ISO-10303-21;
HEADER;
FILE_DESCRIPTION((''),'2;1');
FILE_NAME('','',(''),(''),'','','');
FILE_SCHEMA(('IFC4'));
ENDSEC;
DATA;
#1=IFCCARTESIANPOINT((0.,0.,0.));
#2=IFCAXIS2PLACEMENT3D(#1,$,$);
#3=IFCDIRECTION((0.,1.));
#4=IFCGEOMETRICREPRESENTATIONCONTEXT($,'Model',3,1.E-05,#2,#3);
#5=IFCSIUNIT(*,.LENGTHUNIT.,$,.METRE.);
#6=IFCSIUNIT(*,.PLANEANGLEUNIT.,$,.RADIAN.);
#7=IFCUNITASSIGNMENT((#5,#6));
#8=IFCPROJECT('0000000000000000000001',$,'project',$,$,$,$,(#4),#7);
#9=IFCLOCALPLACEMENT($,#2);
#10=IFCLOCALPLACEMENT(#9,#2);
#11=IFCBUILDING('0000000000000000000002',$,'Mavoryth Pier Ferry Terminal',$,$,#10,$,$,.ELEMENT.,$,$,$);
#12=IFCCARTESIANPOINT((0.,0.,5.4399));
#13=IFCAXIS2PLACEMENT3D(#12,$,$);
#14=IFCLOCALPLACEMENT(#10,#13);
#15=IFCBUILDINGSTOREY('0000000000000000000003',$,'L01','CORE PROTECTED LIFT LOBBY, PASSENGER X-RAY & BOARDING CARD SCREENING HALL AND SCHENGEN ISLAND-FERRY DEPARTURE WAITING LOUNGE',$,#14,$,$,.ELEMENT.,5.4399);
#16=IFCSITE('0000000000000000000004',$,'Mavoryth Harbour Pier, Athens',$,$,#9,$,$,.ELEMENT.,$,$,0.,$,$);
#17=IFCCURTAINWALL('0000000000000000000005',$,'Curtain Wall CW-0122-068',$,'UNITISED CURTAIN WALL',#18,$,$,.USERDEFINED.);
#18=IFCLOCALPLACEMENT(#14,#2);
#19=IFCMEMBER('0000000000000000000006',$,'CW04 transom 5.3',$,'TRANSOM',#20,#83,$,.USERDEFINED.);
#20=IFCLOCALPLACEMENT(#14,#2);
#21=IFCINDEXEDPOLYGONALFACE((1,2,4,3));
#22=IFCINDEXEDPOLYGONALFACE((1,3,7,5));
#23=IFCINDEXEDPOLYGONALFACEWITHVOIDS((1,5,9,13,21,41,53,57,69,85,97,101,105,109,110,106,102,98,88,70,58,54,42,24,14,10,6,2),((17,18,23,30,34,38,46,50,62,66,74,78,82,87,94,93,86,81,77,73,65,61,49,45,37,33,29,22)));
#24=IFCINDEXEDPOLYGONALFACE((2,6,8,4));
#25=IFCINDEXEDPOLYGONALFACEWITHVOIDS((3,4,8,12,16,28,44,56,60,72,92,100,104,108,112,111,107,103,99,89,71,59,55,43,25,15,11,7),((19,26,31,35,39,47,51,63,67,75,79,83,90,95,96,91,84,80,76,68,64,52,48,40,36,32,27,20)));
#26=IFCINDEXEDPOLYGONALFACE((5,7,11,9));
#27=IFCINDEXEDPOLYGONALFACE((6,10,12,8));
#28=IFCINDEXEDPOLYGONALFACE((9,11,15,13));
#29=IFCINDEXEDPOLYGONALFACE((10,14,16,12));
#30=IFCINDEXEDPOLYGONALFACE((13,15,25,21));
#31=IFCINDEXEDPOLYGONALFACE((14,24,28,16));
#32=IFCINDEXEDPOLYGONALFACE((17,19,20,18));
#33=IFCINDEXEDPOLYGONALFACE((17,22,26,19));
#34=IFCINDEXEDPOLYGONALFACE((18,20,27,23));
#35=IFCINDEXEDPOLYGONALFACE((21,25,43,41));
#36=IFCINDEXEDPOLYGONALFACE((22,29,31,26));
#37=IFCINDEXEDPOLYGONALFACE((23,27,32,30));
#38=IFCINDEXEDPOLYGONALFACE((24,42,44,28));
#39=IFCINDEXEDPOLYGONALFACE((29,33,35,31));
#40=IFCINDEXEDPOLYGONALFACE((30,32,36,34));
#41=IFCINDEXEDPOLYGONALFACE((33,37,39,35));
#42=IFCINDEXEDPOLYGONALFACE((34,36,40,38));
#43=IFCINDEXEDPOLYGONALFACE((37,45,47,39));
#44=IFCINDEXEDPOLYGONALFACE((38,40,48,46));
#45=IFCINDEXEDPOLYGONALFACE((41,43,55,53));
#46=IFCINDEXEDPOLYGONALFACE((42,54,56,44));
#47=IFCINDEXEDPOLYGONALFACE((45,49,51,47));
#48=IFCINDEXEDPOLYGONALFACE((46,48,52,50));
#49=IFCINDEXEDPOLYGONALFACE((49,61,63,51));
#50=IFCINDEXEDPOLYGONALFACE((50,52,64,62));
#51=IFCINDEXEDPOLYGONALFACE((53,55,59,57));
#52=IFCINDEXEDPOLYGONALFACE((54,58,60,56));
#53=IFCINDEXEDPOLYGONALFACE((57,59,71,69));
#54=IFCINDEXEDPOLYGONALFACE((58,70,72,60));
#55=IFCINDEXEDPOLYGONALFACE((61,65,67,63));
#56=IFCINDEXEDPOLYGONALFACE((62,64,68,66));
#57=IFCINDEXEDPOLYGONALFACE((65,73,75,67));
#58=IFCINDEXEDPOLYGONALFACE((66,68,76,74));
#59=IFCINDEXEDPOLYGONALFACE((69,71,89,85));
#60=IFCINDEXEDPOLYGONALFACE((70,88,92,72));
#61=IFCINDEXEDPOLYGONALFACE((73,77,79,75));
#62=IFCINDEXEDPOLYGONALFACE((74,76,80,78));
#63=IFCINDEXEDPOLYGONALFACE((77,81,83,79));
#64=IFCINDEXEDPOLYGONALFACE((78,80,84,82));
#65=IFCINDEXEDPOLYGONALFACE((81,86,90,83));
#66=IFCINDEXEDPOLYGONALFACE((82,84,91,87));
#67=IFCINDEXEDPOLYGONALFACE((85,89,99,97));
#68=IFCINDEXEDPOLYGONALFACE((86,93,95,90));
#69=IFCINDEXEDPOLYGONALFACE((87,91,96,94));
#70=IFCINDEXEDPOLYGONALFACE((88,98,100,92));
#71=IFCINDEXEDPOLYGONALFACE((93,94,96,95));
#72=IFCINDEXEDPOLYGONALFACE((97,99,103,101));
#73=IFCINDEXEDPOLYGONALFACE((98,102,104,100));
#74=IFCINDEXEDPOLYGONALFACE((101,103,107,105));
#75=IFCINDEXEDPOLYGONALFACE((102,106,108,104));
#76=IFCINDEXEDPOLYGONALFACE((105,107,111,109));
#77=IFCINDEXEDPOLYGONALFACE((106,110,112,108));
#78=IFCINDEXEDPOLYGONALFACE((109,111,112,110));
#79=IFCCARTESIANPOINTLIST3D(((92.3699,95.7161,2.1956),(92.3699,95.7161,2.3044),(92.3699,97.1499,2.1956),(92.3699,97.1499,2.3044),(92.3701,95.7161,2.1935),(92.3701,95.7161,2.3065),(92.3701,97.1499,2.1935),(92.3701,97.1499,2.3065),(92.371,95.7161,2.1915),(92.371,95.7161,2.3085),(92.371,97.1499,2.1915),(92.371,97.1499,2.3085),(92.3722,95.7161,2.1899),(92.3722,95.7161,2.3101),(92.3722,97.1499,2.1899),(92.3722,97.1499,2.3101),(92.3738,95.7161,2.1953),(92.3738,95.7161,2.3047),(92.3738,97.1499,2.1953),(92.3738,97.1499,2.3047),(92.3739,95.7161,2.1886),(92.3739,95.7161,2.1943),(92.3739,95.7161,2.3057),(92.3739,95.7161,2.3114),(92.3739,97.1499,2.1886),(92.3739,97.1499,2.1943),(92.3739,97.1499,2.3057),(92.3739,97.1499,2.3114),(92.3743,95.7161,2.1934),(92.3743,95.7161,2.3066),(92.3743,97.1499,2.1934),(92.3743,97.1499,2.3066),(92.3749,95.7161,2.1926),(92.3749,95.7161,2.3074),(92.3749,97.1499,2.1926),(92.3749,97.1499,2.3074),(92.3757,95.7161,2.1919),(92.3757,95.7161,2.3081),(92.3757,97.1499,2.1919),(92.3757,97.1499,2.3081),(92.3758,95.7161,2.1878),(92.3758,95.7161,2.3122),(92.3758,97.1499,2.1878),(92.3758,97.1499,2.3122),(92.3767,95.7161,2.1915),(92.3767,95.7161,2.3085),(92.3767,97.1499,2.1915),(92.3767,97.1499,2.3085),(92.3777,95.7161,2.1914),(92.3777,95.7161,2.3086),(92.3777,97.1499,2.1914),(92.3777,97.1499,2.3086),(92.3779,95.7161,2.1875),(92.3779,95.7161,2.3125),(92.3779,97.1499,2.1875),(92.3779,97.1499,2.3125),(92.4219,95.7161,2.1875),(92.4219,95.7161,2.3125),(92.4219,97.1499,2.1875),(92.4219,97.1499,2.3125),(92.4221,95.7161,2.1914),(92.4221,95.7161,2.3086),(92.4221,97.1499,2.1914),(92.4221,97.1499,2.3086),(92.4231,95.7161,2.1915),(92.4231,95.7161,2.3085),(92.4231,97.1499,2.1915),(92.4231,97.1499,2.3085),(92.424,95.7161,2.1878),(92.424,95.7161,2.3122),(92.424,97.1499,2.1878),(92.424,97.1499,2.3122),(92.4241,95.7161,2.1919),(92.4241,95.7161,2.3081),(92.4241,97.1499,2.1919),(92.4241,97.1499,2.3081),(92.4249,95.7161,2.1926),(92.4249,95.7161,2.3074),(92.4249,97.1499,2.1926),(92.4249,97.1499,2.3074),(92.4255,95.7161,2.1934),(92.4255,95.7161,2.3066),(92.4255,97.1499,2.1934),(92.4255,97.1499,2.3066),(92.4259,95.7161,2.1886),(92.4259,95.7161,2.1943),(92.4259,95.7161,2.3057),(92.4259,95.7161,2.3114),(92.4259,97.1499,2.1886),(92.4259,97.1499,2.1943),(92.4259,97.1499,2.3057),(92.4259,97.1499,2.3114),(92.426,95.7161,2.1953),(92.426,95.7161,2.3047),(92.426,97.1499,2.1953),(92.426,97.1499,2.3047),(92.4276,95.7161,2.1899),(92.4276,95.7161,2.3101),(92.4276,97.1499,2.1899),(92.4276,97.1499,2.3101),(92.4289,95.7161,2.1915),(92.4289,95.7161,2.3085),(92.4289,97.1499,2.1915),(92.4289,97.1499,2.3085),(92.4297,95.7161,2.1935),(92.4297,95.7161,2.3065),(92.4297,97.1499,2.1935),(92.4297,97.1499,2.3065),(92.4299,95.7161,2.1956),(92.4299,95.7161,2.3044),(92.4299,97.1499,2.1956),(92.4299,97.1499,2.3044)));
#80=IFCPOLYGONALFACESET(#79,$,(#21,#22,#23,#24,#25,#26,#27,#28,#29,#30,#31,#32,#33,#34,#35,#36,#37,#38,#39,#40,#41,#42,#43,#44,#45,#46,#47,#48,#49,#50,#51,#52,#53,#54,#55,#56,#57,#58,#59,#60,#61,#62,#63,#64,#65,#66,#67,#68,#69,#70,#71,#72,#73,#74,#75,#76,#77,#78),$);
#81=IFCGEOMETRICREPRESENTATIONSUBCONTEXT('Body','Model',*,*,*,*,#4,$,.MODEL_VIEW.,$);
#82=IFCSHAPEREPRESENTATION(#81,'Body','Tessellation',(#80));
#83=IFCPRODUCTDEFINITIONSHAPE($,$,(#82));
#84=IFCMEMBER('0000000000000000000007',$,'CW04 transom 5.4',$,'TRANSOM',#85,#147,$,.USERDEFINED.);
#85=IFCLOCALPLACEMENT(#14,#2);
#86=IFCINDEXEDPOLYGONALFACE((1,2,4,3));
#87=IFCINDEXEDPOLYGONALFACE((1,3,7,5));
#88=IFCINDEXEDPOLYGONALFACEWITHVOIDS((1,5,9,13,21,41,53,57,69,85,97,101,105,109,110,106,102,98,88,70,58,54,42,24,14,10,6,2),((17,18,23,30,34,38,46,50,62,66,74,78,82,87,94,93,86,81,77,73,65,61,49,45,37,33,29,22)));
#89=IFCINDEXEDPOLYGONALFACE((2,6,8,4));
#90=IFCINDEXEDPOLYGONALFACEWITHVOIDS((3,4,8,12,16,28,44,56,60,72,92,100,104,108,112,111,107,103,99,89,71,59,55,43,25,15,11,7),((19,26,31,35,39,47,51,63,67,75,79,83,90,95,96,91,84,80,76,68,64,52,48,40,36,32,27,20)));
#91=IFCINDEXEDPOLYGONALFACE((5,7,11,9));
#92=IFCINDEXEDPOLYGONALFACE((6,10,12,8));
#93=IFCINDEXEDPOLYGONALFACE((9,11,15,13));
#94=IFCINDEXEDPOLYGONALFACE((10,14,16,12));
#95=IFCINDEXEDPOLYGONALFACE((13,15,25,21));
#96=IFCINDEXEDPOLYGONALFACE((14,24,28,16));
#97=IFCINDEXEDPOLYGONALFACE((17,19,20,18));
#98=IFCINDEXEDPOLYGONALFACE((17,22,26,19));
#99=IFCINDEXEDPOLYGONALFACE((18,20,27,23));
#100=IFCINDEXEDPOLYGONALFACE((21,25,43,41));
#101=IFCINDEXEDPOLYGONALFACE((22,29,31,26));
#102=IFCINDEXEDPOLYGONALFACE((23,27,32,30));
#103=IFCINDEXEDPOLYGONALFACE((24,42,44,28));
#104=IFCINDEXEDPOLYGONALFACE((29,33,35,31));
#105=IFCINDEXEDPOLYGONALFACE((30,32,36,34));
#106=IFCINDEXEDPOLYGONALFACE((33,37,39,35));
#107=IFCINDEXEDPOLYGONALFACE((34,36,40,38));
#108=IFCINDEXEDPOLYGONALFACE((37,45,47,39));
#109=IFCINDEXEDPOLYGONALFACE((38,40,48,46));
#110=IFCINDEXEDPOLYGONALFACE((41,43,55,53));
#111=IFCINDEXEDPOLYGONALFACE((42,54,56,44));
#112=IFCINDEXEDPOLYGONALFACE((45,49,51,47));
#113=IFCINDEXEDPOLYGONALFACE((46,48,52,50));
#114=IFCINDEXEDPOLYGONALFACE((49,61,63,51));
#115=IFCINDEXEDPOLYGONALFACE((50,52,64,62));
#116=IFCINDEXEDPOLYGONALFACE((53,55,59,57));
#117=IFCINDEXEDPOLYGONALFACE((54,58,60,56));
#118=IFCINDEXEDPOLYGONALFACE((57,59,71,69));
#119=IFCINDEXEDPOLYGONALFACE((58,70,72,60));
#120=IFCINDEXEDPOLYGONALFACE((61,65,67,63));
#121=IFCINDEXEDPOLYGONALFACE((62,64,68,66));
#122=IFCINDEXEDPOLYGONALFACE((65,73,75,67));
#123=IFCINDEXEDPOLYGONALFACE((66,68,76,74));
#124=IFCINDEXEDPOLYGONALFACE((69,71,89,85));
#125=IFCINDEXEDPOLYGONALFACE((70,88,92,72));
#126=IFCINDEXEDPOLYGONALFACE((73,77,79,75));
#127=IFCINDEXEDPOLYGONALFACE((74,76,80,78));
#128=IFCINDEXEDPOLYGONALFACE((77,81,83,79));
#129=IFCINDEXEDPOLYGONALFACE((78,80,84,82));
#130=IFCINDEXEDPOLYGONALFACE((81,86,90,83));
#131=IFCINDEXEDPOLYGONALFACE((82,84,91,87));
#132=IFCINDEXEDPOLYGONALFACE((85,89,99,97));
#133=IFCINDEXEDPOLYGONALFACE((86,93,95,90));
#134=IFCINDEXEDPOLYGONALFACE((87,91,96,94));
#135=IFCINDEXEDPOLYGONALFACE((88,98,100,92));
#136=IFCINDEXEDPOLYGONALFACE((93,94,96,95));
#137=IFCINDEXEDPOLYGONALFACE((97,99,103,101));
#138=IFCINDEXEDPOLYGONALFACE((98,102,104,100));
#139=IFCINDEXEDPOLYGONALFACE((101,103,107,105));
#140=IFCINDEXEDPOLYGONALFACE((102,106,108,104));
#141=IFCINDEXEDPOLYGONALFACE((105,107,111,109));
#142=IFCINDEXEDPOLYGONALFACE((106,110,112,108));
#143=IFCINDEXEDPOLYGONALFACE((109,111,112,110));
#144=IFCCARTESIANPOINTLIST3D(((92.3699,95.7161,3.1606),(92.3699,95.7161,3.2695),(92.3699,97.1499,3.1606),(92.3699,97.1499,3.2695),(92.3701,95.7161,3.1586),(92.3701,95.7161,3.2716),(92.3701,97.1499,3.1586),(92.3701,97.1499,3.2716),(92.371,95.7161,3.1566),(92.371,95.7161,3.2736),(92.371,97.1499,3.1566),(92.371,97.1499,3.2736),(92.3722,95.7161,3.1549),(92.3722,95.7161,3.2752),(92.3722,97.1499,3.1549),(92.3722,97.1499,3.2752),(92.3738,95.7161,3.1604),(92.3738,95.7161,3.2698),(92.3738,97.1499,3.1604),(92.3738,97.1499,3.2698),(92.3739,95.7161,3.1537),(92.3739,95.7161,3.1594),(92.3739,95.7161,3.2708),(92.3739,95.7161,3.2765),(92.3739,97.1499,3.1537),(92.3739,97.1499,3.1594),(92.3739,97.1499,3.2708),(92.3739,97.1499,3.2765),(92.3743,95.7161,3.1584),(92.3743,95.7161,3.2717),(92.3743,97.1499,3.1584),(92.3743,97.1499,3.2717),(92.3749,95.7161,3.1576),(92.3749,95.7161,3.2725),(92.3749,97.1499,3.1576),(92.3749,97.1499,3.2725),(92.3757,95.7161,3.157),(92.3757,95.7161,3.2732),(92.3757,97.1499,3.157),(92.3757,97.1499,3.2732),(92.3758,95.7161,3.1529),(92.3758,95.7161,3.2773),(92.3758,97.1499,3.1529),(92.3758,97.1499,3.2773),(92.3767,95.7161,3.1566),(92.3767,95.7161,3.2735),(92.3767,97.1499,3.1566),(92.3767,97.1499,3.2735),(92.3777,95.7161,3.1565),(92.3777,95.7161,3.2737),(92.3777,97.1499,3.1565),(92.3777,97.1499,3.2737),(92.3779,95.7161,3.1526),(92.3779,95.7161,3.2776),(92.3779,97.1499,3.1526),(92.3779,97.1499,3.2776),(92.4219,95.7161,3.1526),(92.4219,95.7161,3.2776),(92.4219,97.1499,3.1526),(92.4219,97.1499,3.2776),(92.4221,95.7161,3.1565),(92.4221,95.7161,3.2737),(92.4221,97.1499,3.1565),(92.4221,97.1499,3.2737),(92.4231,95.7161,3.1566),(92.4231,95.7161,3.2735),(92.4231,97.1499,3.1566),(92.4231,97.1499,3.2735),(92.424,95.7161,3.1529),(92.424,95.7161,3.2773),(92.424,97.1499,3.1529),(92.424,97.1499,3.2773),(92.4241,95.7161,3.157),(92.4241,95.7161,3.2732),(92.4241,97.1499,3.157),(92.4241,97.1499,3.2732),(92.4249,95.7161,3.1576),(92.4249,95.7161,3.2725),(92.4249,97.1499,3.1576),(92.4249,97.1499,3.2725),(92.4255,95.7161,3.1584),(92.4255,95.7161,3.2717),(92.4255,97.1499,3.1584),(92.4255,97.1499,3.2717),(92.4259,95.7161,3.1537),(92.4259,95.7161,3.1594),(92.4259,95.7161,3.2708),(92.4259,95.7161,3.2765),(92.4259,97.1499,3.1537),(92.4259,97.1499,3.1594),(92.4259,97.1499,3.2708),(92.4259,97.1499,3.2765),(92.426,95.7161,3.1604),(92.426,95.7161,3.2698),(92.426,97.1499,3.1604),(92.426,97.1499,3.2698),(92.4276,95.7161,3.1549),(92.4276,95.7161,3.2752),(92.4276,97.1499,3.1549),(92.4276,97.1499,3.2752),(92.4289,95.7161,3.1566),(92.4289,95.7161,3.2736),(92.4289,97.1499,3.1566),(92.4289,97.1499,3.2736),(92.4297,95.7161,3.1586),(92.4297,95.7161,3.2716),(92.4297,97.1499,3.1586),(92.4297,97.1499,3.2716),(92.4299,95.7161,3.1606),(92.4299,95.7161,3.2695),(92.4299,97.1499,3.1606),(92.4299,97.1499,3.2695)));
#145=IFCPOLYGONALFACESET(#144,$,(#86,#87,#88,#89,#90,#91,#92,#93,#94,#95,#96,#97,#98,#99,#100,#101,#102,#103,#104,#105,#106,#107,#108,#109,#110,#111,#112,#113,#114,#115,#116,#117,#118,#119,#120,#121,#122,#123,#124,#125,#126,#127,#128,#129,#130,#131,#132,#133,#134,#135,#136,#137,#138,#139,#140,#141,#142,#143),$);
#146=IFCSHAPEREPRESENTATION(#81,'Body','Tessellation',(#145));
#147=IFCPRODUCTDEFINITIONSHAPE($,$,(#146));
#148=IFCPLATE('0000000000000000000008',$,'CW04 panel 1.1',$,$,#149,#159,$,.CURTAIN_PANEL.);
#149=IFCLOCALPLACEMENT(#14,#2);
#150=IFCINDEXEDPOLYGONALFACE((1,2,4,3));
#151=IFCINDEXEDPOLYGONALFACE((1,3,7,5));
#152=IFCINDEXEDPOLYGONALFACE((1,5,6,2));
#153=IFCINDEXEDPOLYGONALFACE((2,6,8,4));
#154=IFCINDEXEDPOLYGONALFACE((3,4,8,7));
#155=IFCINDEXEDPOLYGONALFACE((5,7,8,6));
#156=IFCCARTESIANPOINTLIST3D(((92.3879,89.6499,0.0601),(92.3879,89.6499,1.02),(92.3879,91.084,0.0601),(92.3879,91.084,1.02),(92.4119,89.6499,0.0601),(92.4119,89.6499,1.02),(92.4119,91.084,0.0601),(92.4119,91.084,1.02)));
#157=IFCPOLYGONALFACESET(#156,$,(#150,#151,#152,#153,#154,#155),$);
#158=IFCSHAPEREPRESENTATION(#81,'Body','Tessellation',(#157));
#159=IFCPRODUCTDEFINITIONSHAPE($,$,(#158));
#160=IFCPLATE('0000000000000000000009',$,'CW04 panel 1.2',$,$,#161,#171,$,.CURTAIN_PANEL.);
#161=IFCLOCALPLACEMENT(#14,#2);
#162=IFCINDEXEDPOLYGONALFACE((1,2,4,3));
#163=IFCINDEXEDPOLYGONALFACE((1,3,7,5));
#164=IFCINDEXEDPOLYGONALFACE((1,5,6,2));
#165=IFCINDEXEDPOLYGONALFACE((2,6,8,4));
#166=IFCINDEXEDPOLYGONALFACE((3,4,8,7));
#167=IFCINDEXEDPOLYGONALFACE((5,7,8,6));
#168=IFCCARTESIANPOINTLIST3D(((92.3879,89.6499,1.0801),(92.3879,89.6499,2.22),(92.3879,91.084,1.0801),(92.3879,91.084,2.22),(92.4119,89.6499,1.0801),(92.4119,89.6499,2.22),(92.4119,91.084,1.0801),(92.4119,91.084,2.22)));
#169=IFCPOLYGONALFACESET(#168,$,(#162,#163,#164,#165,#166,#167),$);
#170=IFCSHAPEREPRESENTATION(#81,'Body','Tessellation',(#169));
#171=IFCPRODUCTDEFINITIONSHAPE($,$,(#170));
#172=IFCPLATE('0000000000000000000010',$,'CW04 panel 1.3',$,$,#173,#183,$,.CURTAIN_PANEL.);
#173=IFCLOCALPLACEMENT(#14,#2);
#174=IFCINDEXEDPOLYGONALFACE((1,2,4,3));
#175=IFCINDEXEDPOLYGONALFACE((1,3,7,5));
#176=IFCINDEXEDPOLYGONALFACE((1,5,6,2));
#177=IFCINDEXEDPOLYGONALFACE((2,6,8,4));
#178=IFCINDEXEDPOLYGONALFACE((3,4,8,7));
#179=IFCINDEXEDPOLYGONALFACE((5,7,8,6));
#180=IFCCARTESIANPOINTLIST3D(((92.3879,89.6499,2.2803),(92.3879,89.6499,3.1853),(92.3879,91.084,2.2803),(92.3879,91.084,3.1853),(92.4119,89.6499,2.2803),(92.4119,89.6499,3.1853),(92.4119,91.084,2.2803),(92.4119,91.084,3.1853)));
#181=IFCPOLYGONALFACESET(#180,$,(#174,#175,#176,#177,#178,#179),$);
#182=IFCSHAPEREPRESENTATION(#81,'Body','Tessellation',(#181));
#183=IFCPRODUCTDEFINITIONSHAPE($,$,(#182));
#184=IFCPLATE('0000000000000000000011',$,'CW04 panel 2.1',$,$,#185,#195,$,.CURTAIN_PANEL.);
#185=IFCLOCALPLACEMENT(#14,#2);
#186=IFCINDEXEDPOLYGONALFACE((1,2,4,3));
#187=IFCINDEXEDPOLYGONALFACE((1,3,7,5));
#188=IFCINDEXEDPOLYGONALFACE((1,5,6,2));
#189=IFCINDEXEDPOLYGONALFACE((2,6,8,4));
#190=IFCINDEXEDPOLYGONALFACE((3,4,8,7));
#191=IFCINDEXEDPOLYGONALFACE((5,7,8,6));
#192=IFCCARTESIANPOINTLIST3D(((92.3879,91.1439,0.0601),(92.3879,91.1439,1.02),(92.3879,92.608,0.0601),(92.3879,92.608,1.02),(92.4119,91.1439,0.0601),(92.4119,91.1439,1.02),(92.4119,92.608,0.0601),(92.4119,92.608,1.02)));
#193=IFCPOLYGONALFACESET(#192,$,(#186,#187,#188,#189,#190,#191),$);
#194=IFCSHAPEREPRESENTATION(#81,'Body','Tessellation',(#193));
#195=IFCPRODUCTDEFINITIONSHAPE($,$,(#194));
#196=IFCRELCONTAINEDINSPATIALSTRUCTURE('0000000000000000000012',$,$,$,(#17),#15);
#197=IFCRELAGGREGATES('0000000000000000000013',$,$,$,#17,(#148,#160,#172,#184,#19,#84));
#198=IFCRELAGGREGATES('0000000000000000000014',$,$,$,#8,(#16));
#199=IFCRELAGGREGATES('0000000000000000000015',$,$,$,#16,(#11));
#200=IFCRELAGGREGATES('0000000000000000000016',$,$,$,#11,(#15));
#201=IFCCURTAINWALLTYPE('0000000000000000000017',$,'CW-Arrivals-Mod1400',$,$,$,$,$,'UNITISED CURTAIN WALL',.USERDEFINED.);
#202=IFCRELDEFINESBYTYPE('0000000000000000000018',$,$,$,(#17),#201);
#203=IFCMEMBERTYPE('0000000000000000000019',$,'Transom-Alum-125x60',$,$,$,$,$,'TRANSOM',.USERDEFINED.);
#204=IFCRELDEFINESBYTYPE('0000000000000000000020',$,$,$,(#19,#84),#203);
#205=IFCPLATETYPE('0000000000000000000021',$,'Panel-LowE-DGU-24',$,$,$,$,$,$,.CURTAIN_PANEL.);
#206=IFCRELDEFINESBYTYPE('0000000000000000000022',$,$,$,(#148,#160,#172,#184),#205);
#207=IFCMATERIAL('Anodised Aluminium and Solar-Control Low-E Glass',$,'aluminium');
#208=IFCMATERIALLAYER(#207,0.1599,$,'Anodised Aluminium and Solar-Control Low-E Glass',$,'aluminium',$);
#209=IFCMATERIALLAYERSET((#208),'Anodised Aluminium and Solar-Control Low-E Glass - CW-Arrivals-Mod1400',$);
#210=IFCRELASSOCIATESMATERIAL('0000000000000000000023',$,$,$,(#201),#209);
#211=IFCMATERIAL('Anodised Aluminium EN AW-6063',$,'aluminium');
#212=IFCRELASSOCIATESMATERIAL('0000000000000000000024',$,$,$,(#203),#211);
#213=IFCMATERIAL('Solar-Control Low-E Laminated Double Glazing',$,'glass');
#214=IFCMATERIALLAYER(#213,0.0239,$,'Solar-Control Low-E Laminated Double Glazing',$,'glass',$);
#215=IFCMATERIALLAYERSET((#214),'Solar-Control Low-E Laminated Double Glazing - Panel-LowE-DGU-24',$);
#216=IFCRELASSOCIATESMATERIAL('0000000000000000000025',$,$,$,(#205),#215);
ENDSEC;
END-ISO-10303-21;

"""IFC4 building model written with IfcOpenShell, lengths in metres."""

from ifc_helpers import new_model, si_unit, direction, frame, origin, origin_2d, place, context, subcontext, project, spatial, rectangle, hollow_rectangle, extrude, material, layer, layer_set, material_profile, profile_set, type_object, element, aggregate, save


model = new_model("IFC4")

# Units and contexts
model_context = context("Model", 3, precision=1e-05, world=origin(), true_north=direction((0.0, 1.0)))
body_context = subcontext(model_context, "Body", "Model", "MODEL_VIEW")
ifc_project = project(units=[si_unit("LENGTHUNIT", "METRE"), si_unit("PLANEANGLEUNIT", "RADIAN")], contexts=[model_context])

# Site, building, storey
site_placement = place(None, origin())
site = spatial("IfcSite", under=ifc_project, at=site_placement, Name="Mavoryth Harbour Pier, Athens", CompositionType="ELEMENT", RefElevation=0.0)
building_placement = place(site_placement, origin())
building = spatial("IfcBuilding", under=site, at=building_placement, Name="Mavoryth Pier Ferry Terminal", CompositionType="ELEMENT")
storey_placement = place(building_placement, frame((0.0, 0.0, 5.4399)))
storey = spatial("IfcBuildingStorey", under=building, at=storey_placement, Name="L01", Description="CORE PROTECTED LIFT LOBBY, PASSENGER X-RAY & BOARDING CARD SCREENING HALL AND SCHENGEN ISLAND-FERRY DEPARTURE WAITING LOUNGE", CompositionType="ELEMENT", Elevation=5.4399)

# Curtain wall, members, plates
ifc_material_1 = material(Name="Anodised Aluminium and Solar-Control Low-E Glass", Category="aluminium")
ifc_layer_1 = layer(ifc_material_1, 0.1599, Name="Anodised Aluminium and Solar-Control Low-E Glass", Category="aluminium")
ifc_layer_set_1 = layer_set([ifc_layer_1], Name="Anodised Aluminium and Solar-Control Low-E Glass - CW-Arrivals-Mod1400")
curtain_wall_type = type_object("IfcCurtainWallType", Name="CW-Arrivals-Mod1400", ElementType="UNITISED CURTAIN WALL", PredefinedType="USERDEFINED", material=ifc_layer_set_1)
curtain_wall_placement = place(storey_placement, origin())
curtain_wall = element("IfcCurtainWall", 1, at=curtain_wall_placement, inside=storey, type_object=curtain_wall_type, Name="Curtain Wall CW-0122-068", ObjectType="UNITISED CURTAIN WALL", PredefinedType="USERDEFINED")
ifc_material_2 = material(Name="Anodised Aluminium EN AW-6063", Category="aluminium")
ifc_material_profile_1 = material_profile(ifc_material_2, hollow_rectangle(XDim=0.0601, YDim=0.125, WallThickness=0.0039, InnerFilletRadius=0.0039, OuterFilletRadius=0.0081, at=origin_2d()), Name="AL-TRAN 125x60x4", Category="aluminium")
ifc_profile_set_1 = profile_set([ifc_material_profile_1], Name="Anodised Aluminium EN AW-6063 - AL-TRAN 125x60x4")
member_type_1 = type_object("IfcMemberType", Name="Transom-Alum-125x60", ElementType="TRANSOM", PredefinedType="USERDEFINED", material=ifc_profile_set_1)
member_1_placement = place(storey_placement, frame((92.3999, 95.7161, 2.25), z_axis=(0.0, 1.0, 0.0), x_axis=(-1.0, 0.0, 0.0)))
member_1 = element("IfcMember", 2, at=member_1_placement, type_object=member_type_1, Name="CW04 transom 5.3", ObjectType="TRANSOM", PredefinedType="USERDEFINED", context=body_context, shape_type="SweptSolid", body=[
    extrude(hollow_rectangle(XDim=0.0601, YDim=0.125, WallThickness=0.0039, InnerFilletRadius=0.0039, OuterFilletRadius=0.0081, at=origin_2d()), origin(), (0.0, 0.0, 1.0), 1.4338),
])
member_2_placement = place(storey_placement, frame((92.3999, 95.7161, 3.2151), z_axis=(0.0, 1.0, 0.0), x_axis=(-1.0, 0.0, 0.0)))
member_2 = element("IfcMember", 3, at=member_2_placement, type_object=member_type_1, Name="CW04 transom 5.4", ObjectType="TRANSOM", PredefinedType="USERDEFINED", context=body_context, shape_type="SweptSolid", body=[
    extrude(hollow_rectangle(XDim=0.0601, YDim=0.125, WallThickness=0.0039, InnerFilletRadius=0.0039, OuterFilletRadius=0.0081, at=origin_2d()), origin(), (0.0, 0.0, 1.0), 1.4338),
])
ifc_material_3 = material(Name="Solar-Control Low-E Laminated Double Glazing", Category="glass")
ifc_layer_2 = layer(ifc_material_3, 0.0239, Name="Solar-Control Low-E Laminated Double Glazing", Category="glass")
ifc_layer_set_2 = layer_set([ifc_layer_2], Name="Solar-Control Low-E Laminated Double Glazing - Panel-LowE-DGU-24")
plate_type = type_object("IfcPlateType", Name="Panel-LowE-DGU-24", PredefinedType="CURTAIN_PANEL", material=ifc_layer_set_2)
plate_1_placement = place(storey_placement, frame((92.3999, 90.3669, 0.0601), z_axis=(0.0, 0.0, 1.0), x_axis=(0.0, 1.0, 0.0)))
plate_1 = element("IfcPlate", 4, at=plate_1_placement, type_object=plate_type, Name="CW04 panel 1.1", PredefinedType="CURTAIN_PANEL", context=body_context, shape_type="SweptSolid", body=[
    extrude(rectangle(XDim=1.4341, YDim=0.0239, at=origin_2d()), origin(), (0.0, 0.0, 1.0), 0.96),
])
plate_2_placement = place(storey_placement, frame((92.3999, 90.3669, 1.0801), z_axis=(0.0, 0.0, 1.0), x_axis=(0.0, 1.0, 0.0)))
plate_2 = element("IfcPlate", 5, at=plate_2_placement, type_object=plate_type, Name="CW04 panel 1.2", PredefinedType="CURTAIN_PANEL", context=body_context, shape_type="SweptSolid", body=[
    extrude(rectangle(XDim=1.4341, YDim=0.0239, at=origin_2d()), origin(), (0.0, 0.0, 1.0), 1.1399),
])
plate_3_placement = place(storey_placement, frame((92.3999, 90.3669, 2.2803), z_axis=(0.0, 0.0, 1.0), x_axis=(0.0, 1.0, 0.0)))
plate_3 = element("IfcPlate", 6, at=plate_3_placement, type_object=plate_type, Name="CW04 panel 1.3", PredefinedType="CURTAIN_PANEL", context=body_context, shape_type="SweptSolid", body=[
    extrude(rectangle(XDim=1.4341, YDim=0.0239, at=origin_2d()), origin(), (0.0, 0.0, 1.0), 0.905),
])
plate_4_placement = place(storey_placement, frame((92.3999, 91.876, 0.0601), z_axis=(0.0, 0.0, 1.0), x_axis=(0.0, 1.0, 0.0)))
plate_4 = element("IfcPlate", 7, at=plate_4_placement, type_object=plate_type, Name="CW04 panel 2.1", PredefinedType="CURTAIN_PANEL", context=body_context, shape_type="SweptSolid", body=[
    extrude(rectangle(XDim=1.4641, YDim=0.0239, at=origin_2d()), origin(), (0.0, 0.0, 1.0), 0.96),
])
aggregate(curtain_wall, [plate_1, plate_2, plate_3, plate_4, member_1, member_2])

save(model, "model.ifc")
